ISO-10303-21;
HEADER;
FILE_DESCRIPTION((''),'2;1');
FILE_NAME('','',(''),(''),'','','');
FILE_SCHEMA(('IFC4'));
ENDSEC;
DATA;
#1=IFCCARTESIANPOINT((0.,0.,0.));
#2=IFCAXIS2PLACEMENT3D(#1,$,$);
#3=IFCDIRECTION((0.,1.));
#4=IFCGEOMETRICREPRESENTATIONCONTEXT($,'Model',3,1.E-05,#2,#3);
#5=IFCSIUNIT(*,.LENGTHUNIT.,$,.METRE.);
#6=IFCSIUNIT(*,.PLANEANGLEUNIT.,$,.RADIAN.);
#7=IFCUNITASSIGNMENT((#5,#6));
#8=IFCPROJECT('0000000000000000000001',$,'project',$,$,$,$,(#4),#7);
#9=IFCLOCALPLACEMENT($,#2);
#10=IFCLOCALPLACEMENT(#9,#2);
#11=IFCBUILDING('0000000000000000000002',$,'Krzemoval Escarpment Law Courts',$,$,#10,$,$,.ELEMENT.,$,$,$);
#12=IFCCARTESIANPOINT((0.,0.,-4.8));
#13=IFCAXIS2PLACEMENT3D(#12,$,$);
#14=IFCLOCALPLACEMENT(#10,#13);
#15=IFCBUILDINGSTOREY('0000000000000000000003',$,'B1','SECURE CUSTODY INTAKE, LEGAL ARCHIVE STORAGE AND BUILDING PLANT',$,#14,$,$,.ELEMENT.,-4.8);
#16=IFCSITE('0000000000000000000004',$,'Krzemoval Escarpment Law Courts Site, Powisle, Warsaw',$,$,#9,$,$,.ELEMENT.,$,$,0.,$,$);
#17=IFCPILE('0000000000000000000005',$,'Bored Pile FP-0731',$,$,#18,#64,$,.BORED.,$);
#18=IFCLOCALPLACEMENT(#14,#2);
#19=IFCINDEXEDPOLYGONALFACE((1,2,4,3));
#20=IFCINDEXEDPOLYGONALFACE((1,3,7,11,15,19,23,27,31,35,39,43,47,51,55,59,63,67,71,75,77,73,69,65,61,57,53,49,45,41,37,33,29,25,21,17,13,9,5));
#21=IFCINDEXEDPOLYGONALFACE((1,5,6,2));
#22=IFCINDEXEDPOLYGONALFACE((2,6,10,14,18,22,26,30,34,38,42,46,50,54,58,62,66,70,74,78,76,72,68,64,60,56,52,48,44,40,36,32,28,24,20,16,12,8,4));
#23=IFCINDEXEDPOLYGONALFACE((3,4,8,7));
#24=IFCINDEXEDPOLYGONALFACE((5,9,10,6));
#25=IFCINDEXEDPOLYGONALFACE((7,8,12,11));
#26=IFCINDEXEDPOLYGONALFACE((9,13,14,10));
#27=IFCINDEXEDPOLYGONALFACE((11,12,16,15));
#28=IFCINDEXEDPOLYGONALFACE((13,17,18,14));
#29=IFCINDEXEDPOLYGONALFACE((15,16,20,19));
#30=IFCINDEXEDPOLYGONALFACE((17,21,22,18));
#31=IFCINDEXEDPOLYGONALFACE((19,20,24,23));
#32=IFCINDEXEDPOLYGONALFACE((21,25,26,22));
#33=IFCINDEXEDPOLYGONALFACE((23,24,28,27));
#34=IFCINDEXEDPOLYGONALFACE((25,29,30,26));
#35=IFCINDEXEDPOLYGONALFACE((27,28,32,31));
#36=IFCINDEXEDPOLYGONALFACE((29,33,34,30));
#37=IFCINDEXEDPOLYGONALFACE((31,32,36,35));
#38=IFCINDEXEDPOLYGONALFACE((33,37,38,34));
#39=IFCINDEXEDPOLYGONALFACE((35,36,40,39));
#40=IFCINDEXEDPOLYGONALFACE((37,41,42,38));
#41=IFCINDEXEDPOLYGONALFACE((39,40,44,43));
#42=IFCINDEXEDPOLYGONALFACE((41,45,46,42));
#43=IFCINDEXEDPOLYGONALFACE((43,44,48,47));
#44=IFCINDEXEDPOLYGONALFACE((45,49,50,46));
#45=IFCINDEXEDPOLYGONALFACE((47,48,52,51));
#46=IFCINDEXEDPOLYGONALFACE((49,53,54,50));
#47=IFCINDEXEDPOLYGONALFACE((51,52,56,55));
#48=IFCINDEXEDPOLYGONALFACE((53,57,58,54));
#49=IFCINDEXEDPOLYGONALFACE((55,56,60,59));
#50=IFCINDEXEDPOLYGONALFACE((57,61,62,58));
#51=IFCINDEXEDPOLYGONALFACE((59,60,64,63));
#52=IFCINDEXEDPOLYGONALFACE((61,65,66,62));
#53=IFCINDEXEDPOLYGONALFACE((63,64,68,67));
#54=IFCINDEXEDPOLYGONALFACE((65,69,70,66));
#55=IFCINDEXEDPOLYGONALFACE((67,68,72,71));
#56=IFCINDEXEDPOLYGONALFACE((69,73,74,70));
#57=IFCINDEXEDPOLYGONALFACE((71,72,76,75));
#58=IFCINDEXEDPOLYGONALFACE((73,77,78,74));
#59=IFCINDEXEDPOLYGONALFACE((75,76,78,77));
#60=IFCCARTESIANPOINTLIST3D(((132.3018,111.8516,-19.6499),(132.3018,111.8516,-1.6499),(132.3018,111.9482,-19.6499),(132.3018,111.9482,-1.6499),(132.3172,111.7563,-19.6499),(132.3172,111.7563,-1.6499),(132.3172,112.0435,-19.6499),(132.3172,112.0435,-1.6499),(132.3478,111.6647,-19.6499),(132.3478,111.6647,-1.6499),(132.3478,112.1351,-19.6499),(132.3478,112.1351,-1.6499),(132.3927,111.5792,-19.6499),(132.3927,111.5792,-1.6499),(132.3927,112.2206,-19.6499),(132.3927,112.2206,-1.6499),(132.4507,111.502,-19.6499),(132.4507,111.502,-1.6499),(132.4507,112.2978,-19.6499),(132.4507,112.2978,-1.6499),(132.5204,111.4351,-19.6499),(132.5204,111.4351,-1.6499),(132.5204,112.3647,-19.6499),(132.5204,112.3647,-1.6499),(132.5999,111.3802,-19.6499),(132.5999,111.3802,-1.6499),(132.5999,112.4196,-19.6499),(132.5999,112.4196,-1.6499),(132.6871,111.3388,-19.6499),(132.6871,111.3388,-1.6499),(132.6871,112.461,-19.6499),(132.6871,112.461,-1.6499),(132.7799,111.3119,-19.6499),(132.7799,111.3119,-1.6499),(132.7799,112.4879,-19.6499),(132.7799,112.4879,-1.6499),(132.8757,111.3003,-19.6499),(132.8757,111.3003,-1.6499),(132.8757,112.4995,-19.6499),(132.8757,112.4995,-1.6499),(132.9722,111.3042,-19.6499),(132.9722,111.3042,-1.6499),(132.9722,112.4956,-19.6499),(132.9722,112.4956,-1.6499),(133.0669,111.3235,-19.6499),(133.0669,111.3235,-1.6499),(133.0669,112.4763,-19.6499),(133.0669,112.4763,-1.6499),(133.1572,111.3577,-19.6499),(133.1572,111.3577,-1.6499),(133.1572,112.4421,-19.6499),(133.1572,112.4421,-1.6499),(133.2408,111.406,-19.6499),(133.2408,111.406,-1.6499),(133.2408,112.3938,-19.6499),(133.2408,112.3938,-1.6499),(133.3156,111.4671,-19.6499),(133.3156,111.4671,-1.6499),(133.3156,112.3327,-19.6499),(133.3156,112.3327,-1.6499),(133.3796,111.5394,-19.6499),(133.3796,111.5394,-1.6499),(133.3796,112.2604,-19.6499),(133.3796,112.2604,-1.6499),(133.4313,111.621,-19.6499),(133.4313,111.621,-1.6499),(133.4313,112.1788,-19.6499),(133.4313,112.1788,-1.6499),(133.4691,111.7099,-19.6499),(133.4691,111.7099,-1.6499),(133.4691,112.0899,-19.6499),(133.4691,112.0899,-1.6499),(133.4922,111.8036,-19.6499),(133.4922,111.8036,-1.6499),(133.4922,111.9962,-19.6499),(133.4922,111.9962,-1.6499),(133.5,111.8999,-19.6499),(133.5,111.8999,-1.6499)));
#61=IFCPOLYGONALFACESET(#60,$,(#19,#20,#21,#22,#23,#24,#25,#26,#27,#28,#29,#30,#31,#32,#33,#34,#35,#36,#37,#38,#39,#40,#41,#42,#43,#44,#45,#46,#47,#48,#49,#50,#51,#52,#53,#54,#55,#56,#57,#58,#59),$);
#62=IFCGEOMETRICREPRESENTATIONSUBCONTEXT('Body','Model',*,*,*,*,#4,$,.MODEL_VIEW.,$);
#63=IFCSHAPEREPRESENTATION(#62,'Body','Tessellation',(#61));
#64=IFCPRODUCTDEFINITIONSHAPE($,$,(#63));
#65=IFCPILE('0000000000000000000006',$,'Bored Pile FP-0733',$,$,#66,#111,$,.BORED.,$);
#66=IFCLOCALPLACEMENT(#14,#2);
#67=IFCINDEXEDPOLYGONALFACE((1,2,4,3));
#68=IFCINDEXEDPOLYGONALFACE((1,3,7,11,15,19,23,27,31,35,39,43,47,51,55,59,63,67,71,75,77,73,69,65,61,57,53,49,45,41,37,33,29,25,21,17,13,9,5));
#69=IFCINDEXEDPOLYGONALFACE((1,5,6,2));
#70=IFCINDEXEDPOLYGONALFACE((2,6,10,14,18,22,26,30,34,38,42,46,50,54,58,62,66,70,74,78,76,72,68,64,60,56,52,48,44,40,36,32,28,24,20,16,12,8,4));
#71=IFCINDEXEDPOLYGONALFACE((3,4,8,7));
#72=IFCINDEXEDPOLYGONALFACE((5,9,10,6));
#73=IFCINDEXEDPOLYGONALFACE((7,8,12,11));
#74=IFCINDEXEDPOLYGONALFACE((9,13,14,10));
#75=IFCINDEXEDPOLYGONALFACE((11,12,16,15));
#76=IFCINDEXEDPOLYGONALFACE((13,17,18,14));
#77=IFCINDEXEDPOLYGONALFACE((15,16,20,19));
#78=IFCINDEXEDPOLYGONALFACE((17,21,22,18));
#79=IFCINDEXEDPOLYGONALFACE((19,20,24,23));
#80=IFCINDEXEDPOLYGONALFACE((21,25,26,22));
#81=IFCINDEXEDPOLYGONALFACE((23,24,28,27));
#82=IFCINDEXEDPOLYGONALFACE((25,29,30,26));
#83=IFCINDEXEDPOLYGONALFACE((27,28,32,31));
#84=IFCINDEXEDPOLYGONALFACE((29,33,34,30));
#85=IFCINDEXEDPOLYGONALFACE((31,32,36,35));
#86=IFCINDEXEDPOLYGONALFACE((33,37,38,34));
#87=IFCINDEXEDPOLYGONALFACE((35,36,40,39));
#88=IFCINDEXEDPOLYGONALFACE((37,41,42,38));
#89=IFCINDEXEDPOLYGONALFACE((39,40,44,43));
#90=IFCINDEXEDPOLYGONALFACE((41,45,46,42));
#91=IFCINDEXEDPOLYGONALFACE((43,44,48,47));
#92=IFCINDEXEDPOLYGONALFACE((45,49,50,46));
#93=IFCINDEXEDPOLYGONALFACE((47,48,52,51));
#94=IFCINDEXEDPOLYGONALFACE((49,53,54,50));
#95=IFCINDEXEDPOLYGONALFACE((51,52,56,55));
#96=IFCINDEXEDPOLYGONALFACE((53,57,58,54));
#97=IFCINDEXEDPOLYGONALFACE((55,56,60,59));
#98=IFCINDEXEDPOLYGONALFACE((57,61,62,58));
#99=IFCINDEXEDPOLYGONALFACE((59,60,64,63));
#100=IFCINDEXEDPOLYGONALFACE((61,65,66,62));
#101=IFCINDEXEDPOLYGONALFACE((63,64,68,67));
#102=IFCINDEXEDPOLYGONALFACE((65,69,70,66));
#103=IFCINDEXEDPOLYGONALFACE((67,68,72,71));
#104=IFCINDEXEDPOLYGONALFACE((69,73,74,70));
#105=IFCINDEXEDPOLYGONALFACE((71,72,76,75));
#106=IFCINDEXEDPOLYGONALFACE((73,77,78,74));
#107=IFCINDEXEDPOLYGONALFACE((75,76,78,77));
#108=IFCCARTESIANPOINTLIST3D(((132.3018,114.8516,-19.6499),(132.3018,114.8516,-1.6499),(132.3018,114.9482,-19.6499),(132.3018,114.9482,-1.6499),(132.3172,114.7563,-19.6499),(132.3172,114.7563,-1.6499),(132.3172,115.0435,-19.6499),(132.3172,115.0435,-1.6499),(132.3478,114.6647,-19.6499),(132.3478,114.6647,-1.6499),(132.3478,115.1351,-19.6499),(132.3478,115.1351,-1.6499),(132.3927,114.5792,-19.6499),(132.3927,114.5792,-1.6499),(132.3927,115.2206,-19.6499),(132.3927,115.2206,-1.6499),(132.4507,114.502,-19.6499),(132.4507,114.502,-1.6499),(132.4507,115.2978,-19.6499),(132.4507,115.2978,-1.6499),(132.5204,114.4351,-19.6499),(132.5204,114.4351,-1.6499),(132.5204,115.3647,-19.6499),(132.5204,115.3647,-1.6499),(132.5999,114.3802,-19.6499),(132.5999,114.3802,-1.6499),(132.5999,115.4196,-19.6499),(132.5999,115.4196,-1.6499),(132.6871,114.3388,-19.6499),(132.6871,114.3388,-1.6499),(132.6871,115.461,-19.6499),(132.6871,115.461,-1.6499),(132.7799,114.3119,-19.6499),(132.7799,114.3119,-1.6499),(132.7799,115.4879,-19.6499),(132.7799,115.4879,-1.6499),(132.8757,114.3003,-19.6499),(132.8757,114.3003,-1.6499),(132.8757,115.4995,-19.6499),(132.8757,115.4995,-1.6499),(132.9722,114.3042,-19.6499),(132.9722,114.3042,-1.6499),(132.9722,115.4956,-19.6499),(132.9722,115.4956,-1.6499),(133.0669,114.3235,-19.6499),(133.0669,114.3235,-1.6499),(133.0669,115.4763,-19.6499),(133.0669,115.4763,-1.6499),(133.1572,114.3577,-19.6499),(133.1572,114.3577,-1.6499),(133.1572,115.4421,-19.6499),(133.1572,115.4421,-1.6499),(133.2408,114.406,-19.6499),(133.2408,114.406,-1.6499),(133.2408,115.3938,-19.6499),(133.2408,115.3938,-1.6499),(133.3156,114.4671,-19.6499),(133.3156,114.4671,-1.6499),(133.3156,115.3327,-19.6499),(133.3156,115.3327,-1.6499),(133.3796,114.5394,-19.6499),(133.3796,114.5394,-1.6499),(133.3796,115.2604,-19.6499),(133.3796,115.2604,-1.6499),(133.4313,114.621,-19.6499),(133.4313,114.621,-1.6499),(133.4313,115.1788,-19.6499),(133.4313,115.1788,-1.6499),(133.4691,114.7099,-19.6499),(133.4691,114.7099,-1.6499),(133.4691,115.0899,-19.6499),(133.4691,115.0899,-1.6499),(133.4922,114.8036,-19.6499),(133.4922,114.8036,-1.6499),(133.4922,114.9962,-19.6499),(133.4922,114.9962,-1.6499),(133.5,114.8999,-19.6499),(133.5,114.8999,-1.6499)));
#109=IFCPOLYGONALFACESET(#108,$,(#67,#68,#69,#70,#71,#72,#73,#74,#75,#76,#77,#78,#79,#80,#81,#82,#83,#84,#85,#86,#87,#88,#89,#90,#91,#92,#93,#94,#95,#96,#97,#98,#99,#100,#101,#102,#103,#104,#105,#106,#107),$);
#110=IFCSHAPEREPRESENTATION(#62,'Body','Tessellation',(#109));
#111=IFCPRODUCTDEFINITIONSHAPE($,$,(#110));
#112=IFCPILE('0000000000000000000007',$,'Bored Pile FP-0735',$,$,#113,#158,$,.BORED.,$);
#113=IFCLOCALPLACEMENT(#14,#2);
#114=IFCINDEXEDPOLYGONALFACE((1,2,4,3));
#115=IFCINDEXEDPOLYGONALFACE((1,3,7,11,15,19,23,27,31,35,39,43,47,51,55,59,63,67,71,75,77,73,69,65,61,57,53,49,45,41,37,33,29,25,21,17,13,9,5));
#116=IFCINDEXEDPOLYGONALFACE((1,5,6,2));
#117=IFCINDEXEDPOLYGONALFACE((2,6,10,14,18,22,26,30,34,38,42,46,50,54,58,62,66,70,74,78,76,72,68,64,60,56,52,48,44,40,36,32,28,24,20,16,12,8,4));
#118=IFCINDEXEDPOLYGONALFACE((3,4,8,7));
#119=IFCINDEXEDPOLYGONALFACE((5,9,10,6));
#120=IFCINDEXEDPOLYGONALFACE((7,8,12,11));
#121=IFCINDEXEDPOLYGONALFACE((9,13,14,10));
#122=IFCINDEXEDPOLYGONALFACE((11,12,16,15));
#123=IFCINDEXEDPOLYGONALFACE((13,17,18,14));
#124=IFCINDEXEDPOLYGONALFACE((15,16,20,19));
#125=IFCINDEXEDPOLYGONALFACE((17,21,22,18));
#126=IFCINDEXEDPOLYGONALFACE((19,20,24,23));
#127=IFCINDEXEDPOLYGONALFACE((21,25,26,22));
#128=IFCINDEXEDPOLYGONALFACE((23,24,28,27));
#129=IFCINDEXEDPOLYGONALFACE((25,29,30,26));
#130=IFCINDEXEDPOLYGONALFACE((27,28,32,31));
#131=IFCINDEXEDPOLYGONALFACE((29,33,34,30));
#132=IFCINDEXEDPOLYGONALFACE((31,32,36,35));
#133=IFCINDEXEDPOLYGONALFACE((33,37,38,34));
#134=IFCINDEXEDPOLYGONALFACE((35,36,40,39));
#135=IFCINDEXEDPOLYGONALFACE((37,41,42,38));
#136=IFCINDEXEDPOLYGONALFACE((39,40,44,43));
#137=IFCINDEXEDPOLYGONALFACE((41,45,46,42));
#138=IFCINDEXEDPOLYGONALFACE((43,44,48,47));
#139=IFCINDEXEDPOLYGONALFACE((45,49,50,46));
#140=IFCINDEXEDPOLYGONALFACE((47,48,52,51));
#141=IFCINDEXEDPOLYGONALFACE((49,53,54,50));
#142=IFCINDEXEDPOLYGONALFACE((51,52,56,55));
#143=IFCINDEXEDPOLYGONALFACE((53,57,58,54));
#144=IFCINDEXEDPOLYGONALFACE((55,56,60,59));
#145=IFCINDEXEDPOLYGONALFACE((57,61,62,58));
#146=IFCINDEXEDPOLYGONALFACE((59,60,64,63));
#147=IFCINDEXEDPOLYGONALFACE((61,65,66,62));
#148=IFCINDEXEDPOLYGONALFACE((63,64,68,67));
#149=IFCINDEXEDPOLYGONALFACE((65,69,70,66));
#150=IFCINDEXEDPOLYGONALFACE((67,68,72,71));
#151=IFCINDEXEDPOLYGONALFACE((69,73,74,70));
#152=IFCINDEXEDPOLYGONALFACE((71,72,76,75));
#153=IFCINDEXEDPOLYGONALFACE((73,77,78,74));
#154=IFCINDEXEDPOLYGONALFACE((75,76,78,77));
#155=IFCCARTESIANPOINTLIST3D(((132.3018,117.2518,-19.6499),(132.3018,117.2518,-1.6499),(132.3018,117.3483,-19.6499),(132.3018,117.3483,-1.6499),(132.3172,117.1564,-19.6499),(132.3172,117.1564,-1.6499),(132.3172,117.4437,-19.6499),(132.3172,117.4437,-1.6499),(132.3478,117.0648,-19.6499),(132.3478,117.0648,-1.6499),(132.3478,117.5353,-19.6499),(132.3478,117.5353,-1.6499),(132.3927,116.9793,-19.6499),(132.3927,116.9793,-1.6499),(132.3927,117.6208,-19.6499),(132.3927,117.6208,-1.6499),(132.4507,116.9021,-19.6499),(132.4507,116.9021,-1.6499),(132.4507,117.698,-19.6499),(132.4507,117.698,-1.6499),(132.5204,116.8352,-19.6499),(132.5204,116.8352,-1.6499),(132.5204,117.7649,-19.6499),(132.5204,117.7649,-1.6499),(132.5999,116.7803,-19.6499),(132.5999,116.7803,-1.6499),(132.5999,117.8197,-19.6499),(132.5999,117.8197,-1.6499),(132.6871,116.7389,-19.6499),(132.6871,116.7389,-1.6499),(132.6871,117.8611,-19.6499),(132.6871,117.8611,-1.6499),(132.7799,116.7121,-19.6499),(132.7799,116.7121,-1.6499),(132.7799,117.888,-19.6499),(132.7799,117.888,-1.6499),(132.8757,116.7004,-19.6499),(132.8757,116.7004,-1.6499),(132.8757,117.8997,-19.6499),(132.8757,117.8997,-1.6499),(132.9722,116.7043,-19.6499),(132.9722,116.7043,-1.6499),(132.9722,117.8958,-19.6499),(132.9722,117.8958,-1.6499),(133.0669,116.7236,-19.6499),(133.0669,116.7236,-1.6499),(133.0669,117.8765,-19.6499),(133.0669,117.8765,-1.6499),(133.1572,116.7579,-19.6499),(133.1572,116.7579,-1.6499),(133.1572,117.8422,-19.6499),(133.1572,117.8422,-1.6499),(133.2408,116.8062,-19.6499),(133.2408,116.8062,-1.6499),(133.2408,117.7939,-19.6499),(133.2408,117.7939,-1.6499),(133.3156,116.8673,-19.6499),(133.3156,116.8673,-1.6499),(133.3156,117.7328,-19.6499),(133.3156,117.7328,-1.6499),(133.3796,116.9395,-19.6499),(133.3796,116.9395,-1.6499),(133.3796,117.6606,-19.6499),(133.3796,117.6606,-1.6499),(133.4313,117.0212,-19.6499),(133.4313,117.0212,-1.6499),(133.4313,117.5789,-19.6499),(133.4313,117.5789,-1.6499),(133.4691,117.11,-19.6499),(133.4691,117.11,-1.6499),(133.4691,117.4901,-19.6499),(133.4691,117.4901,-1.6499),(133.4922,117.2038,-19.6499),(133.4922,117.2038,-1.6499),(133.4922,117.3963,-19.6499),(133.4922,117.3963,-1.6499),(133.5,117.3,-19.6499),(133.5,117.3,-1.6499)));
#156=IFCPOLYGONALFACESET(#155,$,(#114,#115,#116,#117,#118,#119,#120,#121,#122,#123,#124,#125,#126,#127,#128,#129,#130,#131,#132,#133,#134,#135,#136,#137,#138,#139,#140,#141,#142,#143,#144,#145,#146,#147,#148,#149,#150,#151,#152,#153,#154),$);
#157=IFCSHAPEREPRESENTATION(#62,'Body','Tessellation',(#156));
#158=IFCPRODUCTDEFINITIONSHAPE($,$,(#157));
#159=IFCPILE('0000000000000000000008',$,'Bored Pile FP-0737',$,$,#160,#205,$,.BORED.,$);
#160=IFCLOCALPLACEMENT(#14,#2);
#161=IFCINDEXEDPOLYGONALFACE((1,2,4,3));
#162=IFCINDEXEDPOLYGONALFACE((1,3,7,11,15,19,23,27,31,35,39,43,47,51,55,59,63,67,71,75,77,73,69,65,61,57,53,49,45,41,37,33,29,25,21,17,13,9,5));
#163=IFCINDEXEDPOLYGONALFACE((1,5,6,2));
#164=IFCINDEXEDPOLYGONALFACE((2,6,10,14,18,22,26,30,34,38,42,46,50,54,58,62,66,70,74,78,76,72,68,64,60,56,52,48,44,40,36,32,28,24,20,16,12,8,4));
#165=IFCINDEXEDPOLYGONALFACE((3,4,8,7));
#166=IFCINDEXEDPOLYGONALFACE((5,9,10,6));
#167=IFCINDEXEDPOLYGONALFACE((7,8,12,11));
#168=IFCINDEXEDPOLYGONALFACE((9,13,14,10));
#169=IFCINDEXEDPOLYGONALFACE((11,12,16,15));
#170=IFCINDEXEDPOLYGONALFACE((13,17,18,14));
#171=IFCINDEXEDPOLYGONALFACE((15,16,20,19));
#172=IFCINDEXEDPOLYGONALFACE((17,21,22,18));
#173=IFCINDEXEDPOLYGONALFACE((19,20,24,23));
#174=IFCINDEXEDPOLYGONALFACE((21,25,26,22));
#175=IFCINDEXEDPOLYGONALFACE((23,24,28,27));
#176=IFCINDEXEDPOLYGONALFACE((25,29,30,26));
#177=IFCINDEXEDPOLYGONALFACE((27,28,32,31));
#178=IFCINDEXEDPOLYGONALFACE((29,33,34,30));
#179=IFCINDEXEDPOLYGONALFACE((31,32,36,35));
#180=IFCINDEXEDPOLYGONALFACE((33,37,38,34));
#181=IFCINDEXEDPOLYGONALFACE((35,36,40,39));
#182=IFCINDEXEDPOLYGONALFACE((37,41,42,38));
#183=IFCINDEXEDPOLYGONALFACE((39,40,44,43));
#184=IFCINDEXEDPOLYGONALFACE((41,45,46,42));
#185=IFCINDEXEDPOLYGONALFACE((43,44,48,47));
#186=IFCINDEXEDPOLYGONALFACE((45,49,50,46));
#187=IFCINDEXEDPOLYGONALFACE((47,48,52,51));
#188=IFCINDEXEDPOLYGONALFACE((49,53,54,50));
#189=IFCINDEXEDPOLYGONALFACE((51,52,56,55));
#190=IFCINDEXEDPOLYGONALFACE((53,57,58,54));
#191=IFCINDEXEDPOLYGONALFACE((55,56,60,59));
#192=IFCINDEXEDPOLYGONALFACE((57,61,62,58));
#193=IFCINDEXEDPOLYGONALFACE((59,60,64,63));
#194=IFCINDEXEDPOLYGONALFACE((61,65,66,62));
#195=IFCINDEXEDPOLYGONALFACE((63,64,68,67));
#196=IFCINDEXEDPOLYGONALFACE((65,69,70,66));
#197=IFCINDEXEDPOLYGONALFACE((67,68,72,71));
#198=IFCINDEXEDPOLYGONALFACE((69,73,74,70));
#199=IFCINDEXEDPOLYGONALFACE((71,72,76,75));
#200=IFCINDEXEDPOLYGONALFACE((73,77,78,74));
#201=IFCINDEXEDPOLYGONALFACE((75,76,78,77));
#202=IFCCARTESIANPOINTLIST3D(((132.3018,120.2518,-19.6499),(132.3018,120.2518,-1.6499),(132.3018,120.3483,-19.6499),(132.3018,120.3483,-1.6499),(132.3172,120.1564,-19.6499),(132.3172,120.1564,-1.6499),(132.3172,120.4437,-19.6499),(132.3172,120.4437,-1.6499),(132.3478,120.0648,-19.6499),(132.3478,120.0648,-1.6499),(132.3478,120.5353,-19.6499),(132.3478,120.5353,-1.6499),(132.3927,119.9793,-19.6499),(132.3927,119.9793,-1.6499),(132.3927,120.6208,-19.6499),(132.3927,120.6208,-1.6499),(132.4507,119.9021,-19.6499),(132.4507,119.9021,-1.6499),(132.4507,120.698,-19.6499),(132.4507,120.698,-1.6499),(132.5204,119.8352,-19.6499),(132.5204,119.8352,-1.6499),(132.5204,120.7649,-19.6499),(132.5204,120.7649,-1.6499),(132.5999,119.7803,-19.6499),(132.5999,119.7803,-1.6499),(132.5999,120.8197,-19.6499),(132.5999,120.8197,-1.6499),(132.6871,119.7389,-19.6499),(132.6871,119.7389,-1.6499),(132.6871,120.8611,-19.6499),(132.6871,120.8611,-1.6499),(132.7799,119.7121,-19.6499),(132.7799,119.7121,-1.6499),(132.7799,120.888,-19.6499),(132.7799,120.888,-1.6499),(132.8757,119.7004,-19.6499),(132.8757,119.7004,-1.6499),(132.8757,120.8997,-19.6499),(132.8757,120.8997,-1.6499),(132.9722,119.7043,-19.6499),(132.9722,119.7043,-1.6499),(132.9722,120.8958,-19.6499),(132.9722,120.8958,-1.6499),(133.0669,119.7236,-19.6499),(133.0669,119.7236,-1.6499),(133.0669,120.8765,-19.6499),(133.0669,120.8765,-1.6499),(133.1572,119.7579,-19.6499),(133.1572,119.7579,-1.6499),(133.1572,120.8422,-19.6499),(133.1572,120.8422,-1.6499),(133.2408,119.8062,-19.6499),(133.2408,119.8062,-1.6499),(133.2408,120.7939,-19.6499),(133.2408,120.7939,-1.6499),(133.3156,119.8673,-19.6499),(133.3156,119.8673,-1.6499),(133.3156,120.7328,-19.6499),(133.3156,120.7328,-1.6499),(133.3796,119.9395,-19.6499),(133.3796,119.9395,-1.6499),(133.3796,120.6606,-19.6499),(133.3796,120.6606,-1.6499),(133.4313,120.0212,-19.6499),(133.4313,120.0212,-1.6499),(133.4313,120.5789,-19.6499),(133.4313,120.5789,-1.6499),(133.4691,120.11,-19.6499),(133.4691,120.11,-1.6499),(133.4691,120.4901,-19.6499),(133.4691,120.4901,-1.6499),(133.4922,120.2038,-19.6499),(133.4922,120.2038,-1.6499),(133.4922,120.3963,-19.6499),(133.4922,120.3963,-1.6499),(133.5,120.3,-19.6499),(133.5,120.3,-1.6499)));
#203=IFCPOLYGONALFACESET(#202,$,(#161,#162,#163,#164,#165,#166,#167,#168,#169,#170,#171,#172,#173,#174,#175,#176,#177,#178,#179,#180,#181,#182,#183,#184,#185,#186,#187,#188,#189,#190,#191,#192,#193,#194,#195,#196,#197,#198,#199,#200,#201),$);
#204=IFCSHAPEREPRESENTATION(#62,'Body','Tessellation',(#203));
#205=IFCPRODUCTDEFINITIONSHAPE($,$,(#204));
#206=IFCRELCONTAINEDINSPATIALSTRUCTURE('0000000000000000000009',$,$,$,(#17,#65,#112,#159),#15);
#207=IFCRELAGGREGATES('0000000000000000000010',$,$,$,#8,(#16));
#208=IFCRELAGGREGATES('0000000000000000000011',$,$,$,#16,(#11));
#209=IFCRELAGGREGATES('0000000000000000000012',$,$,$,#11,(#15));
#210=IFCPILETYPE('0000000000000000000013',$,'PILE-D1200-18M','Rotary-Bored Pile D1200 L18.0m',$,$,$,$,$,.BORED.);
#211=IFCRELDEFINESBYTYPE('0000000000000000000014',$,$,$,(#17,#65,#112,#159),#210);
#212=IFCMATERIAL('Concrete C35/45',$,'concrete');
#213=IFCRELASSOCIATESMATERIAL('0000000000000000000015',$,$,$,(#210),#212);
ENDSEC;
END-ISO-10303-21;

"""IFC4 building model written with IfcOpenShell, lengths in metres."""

from ifc_helpers import new_model, si_unit, direction, frame, origin, origin_2d, place, context, subcontext, project, spatial, circle, extrude, material, material_profile, profile_set, type_object, element, save


model = new_model("IFC4")

# Units and contexts
model_context = context("Model", 3, precision=1e-05, world=origin(), true_north=direction((0.0, 1.0)))
body_context = subcontext(model_context, "Body", "Model", "MODEL_VIEW")
ifc_project = project(units=[si_unit("LENGTHUNIT", "METRE"), si_unit("PLANEANGLEUNIT", "RADIAN")], contexts=[model_context])

# Site, building, storey
site_placement = place(None, origin())
site = spatial("IfcSite", under=ifc_project, at=site_placement, Name="Krzemoval Escarpment Law Courts Site, Powisle, Warsaw", CompositionType="ELEMENT", RefElevation=0.0)
building_placement = place(site_placement, origin())
building = spatial("IfcBuilding", under=site, at=building_placement, Name="Krzemoval Escarpment Law Courts", CompositionType="ELEMENT")
storey_placement = place(building_placement, frame((0.0, 0.0, -4.8)))
storey = spatial("IfcBuildingStorey", under=building, at=storey_placement, Name="B1", Description="SECURE CUSTODY INTAKE, LEGAL ARCHIVE STORAGE AND BUILDING PLANT", CompositionType="ELEMENT", Elevation=-4.8)

# Piles
ifc_material_1 = material(Name="Concrete C35/45", Category="concrete")
ifc_material_profile_1 = material_profile(ifc_material_1, circle(Radius=0.6001, at=origin_2d()), Name="PILE D1200")
ifc_profile_set_1 = profile_set([ifc_material_profile_1], Name="Concrete C35/45")
pile_type_1 = type_object("IfcPileType", Name="PILE-D1200-18M", Description="Rotary-Bored Pile D1200 L18.0m", PredefinedType="BORED", material=ifc_profile_set_1)
for number, where, z_axis, x_axis, name in (
    (1, (132.8999, 111.8999, -1.6499), (0.0, 0.0, -1.0), (1.0, 0.0, 0.0), "Bored Pile FP-0731"),
    (2, (132.8999, 114.8999, -1.6499), (0.0, 0.0, -1.0), (1.0, 0.0, 0.0), "Bored Pile FP-0733"),
    (3, (132.8999, 117.3, -1.6499), (0.0, 0.0, -1.0), (1.0, 0.0, 0.0), "Bored Pile FP-0735"),
    (4, (132.8999, 120.3, -1.6499), (0.0, 0.0, -1.0), (1.0, 0.0, 0.0), "Bored Pile FP-0737"),
):
    element("IfcPile", number, at=place(storey_placement, frame(where, z_axis=z_axis, x_axis=x_axis)), inside=storey, type_object=pile_type_1, Name=name, PredefinedType="BORED", context=body_context, shape_type="SweptSolid", body=[
        extrude(circle(Radius=0.6001, at=origin_2d()), origin(), (0.0, 0.0, 1.0), 18.0),
    ])

save(model, "model.ifc")
